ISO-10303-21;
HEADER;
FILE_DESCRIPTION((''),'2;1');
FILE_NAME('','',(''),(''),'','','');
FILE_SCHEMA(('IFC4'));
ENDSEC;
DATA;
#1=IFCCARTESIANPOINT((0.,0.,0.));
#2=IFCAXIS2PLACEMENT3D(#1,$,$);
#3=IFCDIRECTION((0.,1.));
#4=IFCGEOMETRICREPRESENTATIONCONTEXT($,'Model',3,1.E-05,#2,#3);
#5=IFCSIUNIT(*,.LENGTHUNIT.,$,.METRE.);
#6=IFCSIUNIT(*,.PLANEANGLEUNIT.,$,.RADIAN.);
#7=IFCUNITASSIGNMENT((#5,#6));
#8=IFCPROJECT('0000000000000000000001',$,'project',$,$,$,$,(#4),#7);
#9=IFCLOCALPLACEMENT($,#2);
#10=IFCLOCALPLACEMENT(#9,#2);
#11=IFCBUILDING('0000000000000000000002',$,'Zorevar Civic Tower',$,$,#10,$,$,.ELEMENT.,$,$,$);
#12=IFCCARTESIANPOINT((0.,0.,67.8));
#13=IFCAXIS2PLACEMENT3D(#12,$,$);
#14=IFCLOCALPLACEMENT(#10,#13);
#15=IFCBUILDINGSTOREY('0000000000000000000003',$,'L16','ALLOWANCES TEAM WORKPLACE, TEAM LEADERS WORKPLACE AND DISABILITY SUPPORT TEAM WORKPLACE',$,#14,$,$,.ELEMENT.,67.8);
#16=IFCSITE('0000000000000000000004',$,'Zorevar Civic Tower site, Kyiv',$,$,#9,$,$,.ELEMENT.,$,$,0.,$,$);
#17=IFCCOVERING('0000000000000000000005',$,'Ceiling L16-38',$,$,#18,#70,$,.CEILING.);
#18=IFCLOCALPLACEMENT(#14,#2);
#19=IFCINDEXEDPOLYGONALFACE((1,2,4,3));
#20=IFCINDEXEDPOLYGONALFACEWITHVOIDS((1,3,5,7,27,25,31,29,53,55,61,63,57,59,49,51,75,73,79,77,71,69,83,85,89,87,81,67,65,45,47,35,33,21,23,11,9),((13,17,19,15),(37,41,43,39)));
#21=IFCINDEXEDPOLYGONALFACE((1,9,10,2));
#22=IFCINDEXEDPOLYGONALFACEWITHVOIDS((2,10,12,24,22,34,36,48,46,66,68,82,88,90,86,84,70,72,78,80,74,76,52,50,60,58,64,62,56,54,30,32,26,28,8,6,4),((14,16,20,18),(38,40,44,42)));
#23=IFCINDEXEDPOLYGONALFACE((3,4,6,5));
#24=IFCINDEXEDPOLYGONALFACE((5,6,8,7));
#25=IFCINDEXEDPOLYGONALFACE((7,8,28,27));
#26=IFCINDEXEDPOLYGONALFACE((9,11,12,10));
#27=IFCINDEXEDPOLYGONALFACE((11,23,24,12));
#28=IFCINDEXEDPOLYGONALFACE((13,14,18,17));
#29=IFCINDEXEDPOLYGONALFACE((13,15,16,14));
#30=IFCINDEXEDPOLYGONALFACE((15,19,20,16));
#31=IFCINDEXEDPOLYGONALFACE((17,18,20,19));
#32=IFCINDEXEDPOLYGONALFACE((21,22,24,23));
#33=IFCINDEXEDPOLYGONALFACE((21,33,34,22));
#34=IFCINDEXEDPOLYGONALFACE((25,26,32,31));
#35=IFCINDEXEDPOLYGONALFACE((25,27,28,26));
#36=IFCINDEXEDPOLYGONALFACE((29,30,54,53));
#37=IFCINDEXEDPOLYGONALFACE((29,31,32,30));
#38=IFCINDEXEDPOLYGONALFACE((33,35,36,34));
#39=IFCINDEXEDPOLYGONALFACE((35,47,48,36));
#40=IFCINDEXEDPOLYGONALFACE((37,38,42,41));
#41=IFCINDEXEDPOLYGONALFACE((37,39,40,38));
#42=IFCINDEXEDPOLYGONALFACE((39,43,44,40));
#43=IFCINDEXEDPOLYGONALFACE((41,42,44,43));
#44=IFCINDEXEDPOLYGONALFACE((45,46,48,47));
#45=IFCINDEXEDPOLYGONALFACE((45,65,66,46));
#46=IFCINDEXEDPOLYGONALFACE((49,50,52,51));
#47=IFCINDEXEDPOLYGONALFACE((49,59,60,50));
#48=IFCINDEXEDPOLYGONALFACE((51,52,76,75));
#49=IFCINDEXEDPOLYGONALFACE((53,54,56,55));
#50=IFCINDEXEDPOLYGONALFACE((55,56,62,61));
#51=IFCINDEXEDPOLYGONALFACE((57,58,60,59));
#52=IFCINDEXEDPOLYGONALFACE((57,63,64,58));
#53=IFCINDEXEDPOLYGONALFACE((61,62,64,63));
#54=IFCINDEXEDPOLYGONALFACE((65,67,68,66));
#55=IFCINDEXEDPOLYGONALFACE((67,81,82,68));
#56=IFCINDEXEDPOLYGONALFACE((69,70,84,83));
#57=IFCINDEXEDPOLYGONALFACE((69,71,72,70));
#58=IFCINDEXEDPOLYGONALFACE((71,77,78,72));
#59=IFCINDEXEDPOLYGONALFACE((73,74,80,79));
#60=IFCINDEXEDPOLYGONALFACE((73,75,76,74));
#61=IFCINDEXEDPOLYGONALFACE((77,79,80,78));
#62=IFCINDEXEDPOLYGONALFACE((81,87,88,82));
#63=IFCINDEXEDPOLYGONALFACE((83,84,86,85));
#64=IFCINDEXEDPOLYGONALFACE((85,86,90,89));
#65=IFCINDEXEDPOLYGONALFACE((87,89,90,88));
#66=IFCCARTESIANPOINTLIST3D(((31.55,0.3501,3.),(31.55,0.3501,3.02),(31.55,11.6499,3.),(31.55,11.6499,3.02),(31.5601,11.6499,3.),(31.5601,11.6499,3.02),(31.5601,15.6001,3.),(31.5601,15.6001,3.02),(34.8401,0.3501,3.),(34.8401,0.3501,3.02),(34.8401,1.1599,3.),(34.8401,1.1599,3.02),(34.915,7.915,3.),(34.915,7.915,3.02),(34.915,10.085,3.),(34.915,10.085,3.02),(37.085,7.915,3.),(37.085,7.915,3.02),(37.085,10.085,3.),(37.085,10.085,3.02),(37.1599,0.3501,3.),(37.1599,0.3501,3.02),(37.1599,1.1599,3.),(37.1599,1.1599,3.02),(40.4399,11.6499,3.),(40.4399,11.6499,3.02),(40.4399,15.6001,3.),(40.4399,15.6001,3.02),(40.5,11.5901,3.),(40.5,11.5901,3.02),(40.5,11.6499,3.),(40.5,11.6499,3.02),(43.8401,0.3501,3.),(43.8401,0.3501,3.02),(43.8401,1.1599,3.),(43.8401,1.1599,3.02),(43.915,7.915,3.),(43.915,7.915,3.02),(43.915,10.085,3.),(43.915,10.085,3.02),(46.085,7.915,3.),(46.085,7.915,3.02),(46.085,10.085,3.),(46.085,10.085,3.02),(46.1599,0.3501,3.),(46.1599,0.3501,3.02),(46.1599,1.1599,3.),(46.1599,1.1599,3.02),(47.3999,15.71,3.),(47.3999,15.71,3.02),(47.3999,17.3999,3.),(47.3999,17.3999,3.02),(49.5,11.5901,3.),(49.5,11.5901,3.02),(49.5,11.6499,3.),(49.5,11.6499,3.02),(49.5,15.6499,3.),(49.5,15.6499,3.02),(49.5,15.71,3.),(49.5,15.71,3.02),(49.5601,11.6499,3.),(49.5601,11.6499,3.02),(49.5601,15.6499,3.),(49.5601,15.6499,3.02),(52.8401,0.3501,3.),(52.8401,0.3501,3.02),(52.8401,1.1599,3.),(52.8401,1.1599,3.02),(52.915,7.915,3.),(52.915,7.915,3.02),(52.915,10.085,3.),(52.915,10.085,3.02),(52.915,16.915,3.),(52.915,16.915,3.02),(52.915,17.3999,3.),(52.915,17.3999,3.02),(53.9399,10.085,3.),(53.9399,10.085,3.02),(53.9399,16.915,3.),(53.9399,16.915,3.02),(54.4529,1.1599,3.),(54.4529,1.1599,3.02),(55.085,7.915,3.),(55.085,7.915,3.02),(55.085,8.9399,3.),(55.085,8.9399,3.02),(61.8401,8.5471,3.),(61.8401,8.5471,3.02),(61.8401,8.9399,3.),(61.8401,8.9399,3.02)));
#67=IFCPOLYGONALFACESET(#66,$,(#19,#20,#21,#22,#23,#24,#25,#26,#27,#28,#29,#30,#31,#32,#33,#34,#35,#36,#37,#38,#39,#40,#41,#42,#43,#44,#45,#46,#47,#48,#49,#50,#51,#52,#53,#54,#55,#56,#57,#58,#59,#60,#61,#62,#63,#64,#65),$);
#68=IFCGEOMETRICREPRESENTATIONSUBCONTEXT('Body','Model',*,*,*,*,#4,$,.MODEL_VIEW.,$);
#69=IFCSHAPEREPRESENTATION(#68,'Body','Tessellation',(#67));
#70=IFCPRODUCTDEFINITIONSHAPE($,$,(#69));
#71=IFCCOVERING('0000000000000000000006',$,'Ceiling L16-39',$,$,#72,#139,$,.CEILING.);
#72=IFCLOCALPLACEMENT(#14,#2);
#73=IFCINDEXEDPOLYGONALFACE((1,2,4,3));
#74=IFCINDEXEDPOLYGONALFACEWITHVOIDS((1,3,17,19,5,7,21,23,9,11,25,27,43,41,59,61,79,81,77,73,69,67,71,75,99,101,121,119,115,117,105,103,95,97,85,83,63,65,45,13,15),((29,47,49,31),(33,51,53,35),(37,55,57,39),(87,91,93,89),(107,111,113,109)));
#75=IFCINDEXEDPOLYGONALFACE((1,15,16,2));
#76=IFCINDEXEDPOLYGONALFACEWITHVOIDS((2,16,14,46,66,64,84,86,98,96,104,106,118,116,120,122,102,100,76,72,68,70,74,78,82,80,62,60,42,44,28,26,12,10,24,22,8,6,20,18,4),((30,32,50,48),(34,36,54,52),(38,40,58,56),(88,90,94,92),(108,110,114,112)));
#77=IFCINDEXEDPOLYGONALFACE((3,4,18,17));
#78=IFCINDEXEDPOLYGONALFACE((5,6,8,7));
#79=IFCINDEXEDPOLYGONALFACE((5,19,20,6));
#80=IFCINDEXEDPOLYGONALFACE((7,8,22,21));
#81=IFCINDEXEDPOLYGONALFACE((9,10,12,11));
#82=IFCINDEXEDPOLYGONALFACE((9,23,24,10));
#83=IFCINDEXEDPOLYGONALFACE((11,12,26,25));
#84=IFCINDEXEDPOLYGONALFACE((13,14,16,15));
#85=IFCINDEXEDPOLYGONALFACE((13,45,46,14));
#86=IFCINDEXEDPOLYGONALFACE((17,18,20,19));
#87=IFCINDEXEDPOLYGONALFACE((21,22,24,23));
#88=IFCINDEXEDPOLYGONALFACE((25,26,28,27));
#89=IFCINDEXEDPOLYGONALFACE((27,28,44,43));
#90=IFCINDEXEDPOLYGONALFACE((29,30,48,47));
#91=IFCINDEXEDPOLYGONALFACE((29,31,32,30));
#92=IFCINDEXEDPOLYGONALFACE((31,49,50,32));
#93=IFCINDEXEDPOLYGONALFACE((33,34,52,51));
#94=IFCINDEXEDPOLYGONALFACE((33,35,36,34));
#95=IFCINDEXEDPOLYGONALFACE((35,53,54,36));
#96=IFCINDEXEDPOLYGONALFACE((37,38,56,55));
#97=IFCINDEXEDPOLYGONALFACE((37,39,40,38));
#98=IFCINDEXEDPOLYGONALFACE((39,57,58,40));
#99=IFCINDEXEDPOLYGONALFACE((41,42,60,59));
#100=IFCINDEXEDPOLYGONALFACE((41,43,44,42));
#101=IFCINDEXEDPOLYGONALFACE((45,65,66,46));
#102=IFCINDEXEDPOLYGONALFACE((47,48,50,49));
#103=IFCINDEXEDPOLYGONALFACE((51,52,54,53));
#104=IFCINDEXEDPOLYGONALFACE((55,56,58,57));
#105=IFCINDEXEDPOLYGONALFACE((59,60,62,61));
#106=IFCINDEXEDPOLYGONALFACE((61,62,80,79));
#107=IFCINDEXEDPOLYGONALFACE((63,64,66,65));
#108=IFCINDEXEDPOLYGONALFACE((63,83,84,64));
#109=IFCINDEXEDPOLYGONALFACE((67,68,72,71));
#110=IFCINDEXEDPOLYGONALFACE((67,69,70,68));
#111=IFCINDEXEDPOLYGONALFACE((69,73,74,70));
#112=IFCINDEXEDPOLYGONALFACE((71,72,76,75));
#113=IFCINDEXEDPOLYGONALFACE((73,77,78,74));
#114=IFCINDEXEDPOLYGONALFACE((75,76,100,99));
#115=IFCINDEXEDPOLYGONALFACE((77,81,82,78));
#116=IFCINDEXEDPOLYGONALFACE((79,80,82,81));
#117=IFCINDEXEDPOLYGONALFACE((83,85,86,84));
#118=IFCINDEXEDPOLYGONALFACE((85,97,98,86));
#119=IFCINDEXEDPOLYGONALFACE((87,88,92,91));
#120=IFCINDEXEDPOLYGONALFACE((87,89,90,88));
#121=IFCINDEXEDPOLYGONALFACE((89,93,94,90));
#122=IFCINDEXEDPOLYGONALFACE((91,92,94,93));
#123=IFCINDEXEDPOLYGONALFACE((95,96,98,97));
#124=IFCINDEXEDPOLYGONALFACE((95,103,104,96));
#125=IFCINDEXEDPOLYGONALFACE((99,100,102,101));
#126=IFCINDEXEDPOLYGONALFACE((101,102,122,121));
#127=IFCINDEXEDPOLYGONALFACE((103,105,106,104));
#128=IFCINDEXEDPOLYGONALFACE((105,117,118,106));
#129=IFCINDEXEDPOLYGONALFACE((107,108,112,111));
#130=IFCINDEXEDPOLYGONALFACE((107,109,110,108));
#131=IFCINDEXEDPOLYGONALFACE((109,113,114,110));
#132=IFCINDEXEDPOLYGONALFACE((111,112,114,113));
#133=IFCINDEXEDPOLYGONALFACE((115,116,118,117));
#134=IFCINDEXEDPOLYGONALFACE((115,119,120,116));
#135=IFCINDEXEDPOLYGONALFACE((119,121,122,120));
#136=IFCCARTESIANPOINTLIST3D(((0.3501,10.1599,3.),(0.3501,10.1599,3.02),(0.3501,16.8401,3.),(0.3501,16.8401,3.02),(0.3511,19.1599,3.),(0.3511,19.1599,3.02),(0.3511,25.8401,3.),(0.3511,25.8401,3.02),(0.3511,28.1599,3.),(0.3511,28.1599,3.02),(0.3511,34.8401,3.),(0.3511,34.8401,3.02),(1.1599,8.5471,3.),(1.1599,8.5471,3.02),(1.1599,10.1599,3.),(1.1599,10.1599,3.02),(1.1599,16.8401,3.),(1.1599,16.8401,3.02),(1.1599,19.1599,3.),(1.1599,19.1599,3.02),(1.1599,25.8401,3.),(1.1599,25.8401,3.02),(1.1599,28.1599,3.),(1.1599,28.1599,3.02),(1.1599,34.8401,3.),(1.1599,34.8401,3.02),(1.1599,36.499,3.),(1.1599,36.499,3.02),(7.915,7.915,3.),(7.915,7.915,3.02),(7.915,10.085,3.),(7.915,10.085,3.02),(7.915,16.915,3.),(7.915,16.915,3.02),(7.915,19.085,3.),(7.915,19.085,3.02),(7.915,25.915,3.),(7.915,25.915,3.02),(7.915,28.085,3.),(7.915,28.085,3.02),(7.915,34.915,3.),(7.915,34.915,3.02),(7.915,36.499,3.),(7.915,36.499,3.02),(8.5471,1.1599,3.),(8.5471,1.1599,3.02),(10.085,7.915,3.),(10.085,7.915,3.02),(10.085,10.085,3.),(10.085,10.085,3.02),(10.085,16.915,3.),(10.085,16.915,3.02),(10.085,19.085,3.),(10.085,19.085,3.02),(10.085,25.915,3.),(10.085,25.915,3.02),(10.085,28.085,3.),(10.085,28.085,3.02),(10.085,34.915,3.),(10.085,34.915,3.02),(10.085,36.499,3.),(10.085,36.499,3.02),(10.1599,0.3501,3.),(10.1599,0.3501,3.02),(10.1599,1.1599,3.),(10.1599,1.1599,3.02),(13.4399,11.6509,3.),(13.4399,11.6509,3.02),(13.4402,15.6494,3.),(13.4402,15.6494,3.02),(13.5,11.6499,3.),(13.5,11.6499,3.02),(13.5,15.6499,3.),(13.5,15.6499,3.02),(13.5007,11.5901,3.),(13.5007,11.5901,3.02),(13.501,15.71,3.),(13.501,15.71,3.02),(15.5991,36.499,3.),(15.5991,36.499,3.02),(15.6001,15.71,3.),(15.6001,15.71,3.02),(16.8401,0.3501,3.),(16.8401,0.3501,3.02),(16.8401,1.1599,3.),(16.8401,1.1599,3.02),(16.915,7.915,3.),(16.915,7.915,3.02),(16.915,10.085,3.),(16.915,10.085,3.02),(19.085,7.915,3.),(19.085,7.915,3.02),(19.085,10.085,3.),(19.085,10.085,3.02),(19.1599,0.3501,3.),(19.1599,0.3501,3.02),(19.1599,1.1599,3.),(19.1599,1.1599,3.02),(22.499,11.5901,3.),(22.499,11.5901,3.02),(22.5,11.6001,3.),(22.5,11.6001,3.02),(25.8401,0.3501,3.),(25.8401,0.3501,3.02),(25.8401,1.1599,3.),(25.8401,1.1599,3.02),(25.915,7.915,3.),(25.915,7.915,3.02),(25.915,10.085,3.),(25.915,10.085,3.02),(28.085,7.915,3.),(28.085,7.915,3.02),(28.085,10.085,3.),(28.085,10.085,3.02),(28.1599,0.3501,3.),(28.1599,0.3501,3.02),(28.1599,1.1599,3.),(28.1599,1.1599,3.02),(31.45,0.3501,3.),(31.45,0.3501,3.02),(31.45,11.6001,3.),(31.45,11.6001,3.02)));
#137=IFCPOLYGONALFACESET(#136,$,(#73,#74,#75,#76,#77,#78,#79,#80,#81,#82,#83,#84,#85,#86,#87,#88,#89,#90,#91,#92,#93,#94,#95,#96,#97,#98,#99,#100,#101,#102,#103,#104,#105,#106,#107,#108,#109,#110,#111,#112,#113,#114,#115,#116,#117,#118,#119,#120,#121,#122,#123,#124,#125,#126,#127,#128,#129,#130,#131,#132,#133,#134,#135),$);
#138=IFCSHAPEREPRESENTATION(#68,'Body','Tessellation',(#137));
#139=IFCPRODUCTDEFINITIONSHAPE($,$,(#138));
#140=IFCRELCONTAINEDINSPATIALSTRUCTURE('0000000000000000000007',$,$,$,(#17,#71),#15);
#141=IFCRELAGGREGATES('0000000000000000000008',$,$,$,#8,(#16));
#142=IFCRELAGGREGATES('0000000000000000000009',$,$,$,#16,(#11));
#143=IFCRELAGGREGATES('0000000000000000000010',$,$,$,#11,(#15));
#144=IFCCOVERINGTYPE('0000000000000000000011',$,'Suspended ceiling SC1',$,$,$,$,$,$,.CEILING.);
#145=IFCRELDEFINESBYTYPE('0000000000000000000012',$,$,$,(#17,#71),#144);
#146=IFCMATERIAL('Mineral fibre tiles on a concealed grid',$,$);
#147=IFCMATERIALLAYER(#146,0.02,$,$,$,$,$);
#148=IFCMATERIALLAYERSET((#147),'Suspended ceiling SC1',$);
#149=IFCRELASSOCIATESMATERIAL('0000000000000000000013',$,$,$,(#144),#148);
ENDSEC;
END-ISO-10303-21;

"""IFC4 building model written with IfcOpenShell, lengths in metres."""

from ifc_helpers import new_model, si_unit, direction, frame, origin, place, context, subcontext, project, spatial, polyline, outline, extrude, material, layer, layer_set, type_object, element, save


model = new_model("IFC4")

# Units and contexts
model_context = context("Model", 3, precision=1e-05, world=origin(), true_north=direction((0.0, 1.0)))
body_context = subcontext(model_context, "Body", "Model", "MODEL_VIEW")
ifc_project = project(units=[si_unit("LENGTHUNIT", "METRE"), si_unit("PLANEANGLEUNIT", "RADIAN")], contexts=[model_context])

# Site, building, storey
site_placement = place(None, origin())
site = spatial("IfcSite", under=ifc_project, at=site_placement, Name="Zorevar Civic Tower site, Kyiv", CompositionType="ELEMENT", RefElevation=0.0)
building_placement = place(site_placement, origin())
building = spatial("IfcBuilding", under=site, at=building_placement, Name="Zorevar Civic Tower", CompositionType="ELEMENT")
storey_placement = place(building_placement, frame((0.0, 0.0, 67.8)))
storey = spatial("IfcBuildingStorey", under=building, at=storey_placement, Name="L16", Description="ALLOWANCES TEAM WORKPLACE, TEAM LEADERS WORKPLACE AND DISABILITY SUPPORT TEAM WORKPLACE", CompositionType="ELEMENT", Elevation=67.8)

# Coverings
ifc_material_1 = material(Name="Mineral fibre tiles on a concealed grid")
ifc_layer_1 = layer(ifc_material_1, 0.02)
ifc_layer_set_1 = layer_set([ifc_layer_1], Name="Suspended ceiling SC1")
covering_type_1 = type_object("IfcCoveringType", Name="Suspended ceiling SC1", PredefinedType="CEILING", material=ifc_layer_set_1)
covering_1_placement = place(storey_placement, frame((0.0, 0.0, 3.0)))
element("IfcCovering", 1, at=covering_1_placement, inside=storey, type_object=covering_type_1, Name="Ceiling L16-38", PredefinedType="CEILING", context=body_context, shape_type="SweptSolid", body=[
    extrude(outline(polyline([(53.9399, 16.915), (53.9399, 10.085), (52.915, 10.085), (52.915, 7.915), (55.085, 7.915), (55.085, 8.9399), (61.8401, 8.9399), (61.8401, 8.5471), (54.4529, 1.1599), (52.8401, 1.1599), (52.8401, 0.3501), (46.1599, 0.3501), (46.1599, 1.1599), (43.8401, 1.1599), (43.8401, 0.3501), (37.1599, 0.3501), (37.1599, 1.1599), (34.8401, 1.1599), (34.8401, 0.3501), (31.55, 0.3501), (31.55, 11.6499), (31.5601, 11.6499), (31.5601, 15.6001), (40.4399, 15.6001), (40.4399, 11.6499), (40.5, 11.6499), (40.5, 11.5901), (49.5, 11.5901), (49.5, 11.6499), (49.5601, 11.6499), (49.5601, 15.6499), (49.5, 15.6499), (49.5, 15.71), (47.3999, 15.71), (47.3999, 17.3999), (52.915, 17.3999), (52.915, 16.915), (53.9399, 16.915)]), holes=[polyline([(37.085, 7.915), (37.085, 10.085), (34.915, 10.085), (34.915, 7.915), (37.085, 7.915)]), polyline([(43.915, 10.085), (43.915, 7.915), (46.085, 7.915), (46.085, 10.085), (43.915, 10.085)])]), origin(), (0.0, 0.0, 1.0), 0.02),
])
covering_2_placement = place(storey_placement, frame((0.0, 0.0, 3.0)))
element("IfcCovering", 2, at=covering_2_placement, inside=storey, type_object=covering_type_1, Name="Ceiling L16-39", PredefinedType="CEILING", context=body_context, shape_type="SweptSolid", body=[
    extrude(outline(polyline([(25.8401, 1.1599), (25.8401, 0.3501), (19.1599, 0.3501), (19.1599, 1.1599), (16.8401, 1.1599), (16.8401, 0.3501), (10.1599, 0.3501), (10.1599, 1.1599), (8.5471, 1.1599), (1.1599, 8.5471), (1.1599, 10.1599), (0.3501, 10.1599), (0.3501, 16.8401), (1.1599, 16.8401), (1.1599, 19.1599), (0.3511, 19.1599), (0.3511, 25.8401), (1.1599, 25.8401), (1.1599, 28.1599), (0.3511, 28.1599), (0.3511, 34.8401), (1.1599, 34.8401), (1.1599, 36.499), (7.915, 36.499), (7.915, 34.915), (10.085, 34.915), (10.085, 36.499), (15.5991, 36.499), (15.6001, 15.71), (13.501, 15.71), (13.5, 15.6499), (13.4402, 15.6494), (13.4399, 11.6509), (13.5, 11.6499), (13.5007, 11.5901), (22.499, 11.5901), (22.5, 11.6001), (31.45, 11.6001), (31.45, 0.3501), (28.1599, 0.3501), (28.1599, 1.1599), (25.8401, 1.1599)]), holes=[polyline([(10.085, 10.085), (7.915, 10.085), (7.915, 7.915), (10.085, 7.915), (10.085, 10.085)]), polyline([(10.085, 16.915), (10.085, 19.085), (7.915, 19.085), (7.915, 16.915), (10.085, 16.915)]), polyline([(7.915, 25.915), (10.085, 25.915), (10.085, 28.085), (7.915, 28.085), (7.915, 25.915)]), polyline([(19.085, 7.915), (19.085, 10.085), (16.915, 10.085), (16.915, 7.915), (19.085, 7.915)]), polyline([(25.915, 10.085), (25.915, 7.915), (28.085, 7.915), (28.085, 10.085), (25.915, 10.085)])]), origin(), (0.0, 0.0, 1.0), 0.02),
])

save(model, "model.ifc")
